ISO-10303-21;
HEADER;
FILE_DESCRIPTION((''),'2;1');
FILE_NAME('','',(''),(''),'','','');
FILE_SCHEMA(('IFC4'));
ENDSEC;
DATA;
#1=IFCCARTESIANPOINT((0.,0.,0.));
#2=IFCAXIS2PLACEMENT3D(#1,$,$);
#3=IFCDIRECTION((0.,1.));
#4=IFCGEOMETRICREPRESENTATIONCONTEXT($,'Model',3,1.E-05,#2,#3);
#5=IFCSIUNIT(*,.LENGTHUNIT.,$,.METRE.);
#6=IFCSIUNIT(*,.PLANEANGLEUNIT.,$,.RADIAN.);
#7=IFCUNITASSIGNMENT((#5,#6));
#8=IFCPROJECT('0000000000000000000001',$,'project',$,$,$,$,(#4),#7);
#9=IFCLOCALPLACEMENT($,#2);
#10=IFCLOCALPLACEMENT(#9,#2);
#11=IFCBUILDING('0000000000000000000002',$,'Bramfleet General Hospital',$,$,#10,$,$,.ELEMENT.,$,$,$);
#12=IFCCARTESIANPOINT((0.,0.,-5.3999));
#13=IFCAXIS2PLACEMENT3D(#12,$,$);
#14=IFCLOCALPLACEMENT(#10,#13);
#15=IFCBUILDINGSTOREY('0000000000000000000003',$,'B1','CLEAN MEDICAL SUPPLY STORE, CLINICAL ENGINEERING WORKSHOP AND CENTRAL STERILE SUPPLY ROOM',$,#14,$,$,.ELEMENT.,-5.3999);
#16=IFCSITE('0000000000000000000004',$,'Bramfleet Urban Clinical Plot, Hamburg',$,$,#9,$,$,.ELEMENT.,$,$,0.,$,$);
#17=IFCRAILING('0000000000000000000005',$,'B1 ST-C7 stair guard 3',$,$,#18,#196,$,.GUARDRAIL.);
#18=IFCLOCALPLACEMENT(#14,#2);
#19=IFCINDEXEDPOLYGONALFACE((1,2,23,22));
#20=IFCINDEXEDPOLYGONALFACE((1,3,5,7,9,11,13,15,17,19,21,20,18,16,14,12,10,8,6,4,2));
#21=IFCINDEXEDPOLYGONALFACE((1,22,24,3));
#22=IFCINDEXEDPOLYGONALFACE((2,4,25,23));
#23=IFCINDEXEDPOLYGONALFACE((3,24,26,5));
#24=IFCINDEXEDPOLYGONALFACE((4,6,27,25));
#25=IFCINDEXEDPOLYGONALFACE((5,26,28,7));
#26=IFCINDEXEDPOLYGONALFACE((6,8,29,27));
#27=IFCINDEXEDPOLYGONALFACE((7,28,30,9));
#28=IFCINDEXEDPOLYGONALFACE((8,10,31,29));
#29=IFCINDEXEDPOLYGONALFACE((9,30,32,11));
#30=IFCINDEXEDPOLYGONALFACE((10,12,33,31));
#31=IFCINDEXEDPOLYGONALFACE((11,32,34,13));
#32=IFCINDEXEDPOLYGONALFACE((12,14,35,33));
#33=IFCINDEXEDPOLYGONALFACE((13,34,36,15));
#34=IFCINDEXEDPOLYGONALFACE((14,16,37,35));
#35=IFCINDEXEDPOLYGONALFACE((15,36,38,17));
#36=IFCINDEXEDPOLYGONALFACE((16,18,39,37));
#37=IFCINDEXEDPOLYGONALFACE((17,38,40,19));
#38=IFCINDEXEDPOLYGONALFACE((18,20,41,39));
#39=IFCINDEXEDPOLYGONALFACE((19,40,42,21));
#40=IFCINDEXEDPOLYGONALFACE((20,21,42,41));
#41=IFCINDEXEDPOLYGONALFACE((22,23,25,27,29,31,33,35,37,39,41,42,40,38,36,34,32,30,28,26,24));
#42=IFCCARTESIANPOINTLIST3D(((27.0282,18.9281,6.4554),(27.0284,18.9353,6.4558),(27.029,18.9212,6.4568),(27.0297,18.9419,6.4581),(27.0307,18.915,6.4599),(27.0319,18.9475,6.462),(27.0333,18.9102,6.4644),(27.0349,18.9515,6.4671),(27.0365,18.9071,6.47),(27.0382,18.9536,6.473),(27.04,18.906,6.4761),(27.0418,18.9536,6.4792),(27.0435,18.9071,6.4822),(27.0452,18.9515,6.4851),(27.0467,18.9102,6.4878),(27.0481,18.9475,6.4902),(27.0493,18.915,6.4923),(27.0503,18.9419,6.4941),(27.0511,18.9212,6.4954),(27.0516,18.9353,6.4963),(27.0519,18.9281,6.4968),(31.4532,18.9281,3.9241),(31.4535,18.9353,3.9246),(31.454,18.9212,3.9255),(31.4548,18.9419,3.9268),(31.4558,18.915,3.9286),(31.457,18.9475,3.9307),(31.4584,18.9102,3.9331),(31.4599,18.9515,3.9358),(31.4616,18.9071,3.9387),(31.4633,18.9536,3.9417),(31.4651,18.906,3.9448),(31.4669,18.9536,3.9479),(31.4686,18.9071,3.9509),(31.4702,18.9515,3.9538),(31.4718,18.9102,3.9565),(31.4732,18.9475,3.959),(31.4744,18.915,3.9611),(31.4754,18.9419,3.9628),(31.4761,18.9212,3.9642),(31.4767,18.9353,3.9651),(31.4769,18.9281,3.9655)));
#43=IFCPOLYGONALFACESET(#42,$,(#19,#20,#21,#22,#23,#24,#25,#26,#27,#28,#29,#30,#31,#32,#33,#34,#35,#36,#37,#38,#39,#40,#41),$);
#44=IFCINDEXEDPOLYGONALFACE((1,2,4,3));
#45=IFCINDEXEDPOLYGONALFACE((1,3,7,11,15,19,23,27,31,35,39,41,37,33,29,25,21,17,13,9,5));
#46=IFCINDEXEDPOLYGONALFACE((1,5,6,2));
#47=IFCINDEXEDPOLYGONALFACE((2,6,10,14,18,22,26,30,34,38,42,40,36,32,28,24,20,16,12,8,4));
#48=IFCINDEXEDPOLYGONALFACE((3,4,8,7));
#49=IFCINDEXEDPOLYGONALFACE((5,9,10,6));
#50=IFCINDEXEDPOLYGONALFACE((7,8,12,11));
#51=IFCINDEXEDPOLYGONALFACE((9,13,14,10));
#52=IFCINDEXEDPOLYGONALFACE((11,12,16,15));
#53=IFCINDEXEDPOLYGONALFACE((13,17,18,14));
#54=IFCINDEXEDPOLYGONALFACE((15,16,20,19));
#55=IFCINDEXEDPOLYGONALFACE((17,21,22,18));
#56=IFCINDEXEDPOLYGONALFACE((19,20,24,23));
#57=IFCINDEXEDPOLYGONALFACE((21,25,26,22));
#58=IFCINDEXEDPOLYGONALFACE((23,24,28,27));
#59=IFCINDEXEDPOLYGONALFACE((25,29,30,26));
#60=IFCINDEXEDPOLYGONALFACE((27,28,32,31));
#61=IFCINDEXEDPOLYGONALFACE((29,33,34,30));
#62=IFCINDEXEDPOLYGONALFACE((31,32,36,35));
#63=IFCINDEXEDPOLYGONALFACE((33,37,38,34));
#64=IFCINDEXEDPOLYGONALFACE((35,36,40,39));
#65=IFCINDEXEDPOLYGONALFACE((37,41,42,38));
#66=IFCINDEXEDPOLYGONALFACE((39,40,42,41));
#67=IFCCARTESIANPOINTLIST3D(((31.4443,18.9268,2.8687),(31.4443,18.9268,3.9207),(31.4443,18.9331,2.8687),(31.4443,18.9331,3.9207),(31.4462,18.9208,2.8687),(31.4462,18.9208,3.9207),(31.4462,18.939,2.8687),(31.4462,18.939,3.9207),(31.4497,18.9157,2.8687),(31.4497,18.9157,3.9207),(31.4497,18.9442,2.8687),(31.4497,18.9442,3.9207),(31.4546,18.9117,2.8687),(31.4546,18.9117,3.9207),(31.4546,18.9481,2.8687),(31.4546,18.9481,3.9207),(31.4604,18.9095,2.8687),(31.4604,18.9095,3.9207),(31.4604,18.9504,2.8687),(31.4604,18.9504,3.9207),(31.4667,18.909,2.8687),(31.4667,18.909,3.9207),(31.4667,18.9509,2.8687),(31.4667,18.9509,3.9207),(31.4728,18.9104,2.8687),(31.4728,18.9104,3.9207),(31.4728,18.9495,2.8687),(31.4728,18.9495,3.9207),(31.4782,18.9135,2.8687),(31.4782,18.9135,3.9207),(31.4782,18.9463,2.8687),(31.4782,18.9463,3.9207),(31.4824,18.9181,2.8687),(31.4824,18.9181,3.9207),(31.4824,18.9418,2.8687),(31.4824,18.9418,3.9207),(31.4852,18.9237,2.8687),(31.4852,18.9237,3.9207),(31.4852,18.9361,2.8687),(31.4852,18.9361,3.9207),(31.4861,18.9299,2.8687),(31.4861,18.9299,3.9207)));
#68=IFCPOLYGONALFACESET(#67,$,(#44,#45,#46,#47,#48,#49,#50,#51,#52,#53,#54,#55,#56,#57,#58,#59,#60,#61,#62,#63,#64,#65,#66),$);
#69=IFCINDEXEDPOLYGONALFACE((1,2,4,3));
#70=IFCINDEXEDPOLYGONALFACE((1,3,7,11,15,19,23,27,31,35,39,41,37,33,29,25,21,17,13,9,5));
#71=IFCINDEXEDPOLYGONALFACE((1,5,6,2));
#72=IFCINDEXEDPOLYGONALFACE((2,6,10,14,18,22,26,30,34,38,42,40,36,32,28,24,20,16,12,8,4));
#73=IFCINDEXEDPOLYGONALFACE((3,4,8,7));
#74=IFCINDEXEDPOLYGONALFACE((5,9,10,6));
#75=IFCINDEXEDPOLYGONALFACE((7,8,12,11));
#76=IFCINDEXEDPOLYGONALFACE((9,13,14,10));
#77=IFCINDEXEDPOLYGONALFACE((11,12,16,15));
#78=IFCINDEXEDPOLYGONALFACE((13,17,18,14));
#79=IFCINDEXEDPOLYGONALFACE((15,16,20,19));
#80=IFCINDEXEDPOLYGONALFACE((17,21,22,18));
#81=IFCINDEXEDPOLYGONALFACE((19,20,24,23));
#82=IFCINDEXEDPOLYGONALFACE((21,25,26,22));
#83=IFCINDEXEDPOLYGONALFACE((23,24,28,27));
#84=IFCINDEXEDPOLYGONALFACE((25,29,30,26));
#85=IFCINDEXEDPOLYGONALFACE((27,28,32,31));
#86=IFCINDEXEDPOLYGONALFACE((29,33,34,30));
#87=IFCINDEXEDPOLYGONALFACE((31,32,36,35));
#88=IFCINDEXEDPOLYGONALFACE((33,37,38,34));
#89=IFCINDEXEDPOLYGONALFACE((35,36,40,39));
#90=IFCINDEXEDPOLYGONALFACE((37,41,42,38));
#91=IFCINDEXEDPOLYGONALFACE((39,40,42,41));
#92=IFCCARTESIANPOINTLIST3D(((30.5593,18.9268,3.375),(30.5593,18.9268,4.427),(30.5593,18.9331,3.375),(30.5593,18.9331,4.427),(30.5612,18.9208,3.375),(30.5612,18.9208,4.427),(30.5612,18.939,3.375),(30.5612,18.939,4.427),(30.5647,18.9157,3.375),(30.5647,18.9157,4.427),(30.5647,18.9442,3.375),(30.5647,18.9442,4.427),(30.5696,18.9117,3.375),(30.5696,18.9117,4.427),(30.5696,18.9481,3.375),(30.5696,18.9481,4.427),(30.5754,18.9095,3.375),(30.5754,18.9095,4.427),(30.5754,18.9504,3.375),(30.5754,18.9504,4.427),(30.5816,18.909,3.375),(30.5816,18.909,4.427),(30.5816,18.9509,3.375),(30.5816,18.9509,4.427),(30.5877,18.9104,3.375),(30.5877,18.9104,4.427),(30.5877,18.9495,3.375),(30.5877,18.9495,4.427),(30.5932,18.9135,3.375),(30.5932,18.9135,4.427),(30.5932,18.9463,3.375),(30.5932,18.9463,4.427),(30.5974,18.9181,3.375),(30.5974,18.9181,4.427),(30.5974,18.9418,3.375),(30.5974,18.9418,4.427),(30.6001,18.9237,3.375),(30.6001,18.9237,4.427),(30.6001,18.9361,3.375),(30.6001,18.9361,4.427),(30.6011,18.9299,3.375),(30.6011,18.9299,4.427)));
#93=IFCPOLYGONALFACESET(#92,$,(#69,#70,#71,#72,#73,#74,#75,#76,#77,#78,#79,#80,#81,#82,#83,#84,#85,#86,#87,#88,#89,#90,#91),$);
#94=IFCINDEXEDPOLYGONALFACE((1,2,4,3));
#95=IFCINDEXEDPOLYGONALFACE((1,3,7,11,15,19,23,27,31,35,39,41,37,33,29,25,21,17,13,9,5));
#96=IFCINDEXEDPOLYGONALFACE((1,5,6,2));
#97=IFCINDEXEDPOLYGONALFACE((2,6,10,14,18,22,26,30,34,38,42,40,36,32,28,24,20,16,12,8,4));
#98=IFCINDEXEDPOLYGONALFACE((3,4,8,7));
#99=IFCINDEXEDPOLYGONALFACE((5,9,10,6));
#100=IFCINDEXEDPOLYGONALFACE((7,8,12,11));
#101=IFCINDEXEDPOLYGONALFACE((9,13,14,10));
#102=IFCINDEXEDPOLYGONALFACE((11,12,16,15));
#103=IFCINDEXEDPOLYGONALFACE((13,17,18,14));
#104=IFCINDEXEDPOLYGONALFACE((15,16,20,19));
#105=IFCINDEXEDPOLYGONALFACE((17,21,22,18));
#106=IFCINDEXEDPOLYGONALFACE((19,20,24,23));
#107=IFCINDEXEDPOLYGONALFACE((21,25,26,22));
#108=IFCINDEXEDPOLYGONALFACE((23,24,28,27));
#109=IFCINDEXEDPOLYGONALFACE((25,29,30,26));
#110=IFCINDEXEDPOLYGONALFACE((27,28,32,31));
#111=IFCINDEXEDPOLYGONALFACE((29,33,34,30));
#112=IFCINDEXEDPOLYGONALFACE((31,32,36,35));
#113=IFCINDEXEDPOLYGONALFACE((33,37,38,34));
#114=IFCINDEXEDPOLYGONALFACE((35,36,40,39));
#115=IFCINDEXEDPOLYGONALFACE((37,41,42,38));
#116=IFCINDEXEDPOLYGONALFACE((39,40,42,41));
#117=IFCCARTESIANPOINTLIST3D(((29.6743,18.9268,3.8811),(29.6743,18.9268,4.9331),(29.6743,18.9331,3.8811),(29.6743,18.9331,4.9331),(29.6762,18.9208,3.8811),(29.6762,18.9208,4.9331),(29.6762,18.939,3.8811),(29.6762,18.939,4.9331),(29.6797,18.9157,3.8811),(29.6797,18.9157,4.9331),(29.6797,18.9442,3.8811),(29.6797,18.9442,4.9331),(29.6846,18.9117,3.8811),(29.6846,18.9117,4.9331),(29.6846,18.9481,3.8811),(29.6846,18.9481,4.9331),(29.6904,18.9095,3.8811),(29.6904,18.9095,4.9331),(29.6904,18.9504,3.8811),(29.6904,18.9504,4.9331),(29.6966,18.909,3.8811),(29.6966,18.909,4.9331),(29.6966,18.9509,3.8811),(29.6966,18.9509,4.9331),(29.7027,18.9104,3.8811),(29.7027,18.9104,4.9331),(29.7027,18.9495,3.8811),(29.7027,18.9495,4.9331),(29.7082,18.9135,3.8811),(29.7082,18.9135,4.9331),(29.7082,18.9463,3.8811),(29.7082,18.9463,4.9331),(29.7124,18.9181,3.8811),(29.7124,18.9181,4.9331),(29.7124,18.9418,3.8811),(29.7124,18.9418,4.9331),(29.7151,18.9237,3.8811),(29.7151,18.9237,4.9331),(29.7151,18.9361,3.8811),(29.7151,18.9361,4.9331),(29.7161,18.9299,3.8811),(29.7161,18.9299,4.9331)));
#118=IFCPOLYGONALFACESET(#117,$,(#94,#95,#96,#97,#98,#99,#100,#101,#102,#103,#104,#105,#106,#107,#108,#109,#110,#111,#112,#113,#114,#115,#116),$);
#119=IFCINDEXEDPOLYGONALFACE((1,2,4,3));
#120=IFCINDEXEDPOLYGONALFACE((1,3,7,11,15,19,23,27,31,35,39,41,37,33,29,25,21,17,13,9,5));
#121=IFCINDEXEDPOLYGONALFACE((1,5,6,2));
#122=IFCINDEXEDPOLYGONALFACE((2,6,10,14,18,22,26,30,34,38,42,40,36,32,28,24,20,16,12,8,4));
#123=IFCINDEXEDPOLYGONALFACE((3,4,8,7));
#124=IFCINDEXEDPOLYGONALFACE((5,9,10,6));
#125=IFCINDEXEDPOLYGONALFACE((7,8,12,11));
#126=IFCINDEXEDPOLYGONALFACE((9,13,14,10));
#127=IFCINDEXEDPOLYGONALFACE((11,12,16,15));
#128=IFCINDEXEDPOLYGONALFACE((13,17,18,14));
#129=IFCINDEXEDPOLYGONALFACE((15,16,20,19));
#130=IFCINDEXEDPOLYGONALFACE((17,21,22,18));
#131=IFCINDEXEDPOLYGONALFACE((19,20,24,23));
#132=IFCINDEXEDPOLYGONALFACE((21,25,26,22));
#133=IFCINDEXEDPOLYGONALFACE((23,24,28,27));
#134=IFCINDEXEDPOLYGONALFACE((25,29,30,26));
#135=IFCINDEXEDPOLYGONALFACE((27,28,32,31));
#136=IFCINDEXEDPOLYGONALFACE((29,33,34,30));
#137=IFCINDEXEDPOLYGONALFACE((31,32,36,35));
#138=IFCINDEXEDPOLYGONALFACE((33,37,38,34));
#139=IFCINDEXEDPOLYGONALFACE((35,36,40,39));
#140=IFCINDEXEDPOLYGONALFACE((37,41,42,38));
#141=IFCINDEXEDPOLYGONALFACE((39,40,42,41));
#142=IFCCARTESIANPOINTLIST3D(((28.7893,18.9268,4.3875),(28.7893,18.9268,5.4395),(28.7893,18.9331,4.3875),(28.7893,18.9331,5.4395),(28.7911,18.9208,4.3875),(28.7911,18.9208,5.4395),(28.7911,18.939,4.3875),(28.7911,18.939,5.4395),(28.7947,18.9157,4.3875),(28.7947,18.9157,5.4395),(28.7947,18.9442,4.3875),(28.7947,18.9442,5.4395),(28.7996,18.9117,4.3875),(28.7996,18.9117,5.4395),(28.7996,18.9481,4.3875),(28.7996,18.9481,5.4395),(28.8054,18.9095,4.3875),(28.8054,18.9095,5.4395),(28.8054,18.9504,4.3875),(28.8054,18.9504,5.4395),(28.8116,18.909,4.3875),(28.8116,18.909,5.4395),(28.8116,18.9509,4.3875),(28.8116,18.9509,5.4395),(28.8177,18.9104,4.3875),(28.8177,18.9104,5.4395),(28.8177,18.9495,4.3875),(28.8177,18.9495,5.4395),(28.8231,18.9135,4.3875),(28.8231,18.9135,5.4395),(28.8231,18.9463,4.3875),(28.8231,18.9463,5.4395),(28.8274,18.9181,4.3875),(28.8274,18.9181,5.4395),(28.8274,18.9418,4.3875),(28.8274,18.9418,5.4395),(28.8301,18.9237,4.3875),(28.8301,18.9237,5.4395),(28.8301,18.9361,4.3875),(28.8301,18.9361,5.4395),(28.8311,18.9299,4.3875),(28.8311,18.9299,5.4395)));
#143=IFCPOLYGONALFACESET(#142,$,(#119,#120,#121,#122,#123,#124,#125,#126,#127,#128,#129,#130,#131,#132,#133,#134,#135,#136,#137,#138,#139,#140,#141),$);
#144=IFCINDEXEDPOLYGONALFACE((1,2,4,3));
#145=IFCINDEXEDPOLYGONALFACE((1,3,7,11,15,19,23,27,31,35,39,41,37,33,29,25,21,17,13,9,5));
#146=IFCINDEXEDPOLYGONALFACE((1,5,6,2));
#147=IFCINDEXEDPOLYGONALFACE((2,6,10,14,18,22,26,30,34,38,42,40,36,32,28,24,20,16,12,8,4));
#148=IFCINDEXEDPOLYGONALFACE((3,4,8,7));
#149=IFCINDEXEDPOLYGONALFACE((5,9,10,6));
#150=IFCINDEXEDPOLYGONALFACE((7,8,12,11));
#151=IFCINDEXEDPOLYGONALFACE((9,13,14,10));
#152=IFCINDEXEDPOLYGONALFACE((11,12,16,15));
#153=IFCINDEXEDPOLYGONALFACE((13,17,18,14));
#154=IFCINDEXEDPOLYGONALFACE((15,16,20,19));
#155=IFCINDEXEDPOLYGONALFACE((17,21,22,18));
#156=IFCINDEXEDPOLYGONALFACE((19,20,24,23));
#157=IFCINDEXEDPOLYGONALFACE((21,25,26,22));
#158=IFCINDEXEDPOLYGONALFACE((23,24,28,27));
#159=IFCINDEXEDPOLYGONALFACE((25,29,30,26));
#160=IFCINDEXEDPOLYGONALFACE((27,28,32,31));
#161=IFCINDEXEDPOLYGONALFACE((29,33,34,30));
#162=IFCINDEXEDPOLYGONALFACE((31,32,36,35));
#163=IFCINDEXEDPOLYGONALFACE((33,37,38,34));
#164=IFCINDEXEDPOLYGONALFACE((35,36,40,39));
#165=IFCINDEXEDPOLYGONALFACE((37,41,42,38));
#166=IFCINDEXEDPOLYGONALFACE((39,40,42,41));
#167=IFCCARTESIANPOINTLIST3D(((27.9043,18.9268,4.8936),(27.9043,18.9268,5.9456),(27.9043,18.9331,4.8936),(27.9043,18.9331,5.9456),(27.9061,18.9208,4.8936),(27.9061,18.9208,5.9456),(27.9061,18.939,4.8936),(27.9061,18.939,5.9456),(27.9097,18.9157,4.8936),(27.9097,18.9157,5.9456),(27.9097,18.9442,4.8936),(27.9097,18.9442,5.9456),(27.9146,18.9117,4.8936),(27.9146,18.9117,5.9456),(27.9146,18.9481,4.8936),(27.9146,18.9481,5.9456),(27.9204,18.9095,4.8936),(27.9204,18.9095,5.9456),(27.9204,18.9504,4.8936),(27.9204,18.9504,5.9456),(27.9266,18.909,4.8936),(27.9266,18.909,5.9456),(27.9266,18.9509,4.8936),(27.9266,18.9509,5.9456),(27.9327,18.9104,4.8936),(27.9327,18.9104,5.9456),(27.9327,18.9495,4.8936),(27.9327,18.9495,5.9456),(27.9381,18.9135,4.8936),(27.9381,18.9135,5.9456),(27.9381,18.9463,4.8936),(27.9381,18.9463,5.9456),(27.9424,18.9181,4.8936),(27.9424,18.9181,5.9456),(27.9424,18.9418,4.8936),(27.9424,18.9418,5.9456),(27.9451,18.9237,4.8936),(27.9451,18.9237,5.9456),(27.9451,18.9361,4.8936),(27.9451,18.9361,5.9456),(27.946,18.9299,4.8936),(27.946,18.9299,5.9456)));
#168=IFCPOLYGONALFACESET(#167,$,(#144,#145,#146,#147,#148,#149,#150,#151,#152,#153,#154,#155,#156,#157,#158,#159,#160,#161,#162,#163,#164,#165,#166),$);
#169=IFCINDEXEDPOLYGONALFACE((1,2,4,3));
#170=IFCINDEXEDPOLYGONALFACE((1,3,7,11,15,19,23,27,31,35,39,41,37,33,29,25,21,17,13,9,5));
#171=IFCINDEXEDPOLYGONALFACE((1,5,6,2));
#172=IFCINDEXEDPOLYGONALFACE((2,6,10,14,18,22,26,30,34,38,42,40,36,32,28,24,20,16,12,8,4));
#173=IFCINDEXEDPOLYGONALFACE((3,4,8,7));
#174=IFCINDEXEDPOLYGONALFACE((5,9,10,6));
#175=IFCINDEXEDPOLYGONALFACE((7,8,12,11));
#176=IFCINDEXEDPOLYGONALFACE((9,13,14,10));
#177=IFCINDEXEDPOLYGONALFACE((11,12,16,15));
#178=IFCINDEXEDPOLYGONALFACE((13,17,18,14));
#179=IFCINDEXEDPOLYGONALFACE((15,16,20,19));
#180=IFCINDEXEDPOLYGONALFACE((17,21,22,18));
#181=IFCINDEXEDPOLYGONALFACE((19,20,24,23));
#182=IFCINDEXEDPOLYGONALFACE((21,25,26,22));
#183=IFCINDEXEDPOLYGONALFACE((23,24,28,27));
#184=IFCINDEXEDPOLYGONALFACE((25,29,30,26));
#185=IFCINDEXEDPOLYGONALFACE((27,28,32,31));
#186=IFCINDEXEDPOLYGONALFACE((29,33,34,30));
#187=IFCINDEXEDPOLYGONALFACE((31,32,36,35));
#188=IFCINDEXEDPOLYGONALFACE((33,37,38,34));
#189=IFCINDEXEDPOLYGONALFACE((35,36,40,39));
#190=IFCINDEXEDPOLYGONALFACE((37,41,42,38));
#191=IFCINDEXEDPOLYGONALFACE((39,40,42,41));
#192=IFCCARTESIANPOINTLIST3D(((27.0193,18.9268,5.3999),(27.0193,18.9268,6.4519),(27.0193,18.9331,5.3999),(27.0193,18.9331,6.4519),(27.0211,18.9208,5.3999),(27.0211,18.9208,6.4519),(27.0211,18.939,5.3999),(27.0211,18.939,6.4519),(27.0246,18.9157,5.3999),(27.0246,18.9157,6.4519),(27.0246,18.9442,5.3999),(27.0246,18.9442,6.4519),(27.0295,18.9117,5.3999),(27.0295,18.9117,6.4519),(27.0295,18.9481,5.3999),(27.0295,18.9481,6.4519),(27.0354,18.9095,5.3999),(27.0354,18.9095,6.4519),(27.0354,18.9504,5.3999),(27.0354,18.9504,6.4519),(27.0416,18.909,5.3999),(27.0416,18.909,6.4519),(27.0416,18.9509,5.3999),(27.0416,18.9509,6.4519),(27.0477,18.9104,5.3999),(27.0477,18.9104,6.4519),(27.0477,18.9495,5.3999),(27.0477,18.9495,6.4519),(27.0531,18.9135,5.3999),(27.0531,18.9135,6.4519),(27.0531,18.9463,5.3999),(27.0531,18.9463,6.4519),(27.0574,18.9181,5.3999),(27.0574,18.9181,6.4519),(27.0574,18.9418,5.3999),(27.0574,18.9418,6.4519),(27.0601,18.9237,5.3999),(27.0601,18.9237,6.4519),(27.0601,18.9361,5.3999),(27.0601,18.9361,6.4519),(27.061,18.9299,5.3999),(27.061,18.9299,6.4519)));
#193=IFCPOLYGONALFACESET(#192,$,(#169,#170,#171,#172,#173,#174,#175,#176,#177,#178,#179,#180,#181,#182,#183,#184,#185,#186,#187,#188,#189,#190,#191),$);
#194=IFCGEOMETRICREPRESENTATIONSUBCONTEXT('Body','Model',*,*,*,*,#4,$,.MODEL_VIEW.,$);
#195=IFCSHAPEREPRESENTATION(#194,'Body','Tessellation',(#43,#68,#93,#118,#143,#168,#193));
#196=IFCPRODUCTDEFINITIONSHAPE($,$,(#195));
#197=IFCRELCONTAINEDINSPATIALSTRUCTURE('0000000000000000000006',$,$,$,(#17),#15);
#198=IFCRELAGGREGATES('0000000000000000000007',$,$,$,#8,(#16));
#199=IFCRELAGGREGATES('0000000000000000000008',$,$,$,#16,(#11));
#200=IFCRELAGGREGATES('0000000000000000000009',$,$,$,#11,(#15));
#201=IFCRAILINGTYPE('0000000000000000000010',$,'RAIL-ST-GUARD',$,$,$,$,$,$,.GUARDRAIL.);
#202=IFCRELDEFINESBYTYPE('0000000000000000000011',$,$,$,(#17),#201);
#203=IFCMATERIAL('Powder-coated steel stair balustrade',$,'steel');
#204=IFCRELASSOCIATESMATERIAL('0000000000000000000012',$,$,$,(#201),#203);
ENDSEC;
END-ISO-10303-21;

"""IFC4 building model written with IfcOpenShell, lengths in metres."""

from ifc_helpers import new_model, si_unit, direction, frame, origin, origin_2d, place, context, subcontext, project, spatial, circle, extrude, material, type_object, element, save


model = new_model("IFC4")

# Units and contexts
model_context = context("Model", 3, precision=1e-05, world=origin(), true_north=direction((0.0, 1.0)))
body_context = subcontext(model_context, "Body", "Model", "MODEL_VIEW")
ifc_project = project(units=[si_unit("LENGTHUNIT", "METRE"), si_unit("PLANEANGLEUNIT", "RADIAN")], contexts=[model_context])

# Site, building, storey
site_placement = place(None, origin())
site = spatial("IfcSite", under=ifc_project, at=site_placement, Name="Bramfleet Urban Clinical Plot, Hamburg", CompositionType="ELEMENT", RefElevation=0.0)
building_placement = place(site_placement, origin())
building = spatial("IfcBuilding", under=site, at=building_placement, Name="Bramfleet General Hospital", CompositionType="ELEMENT")
storey_placement = place(building_placement, frame((0.0, 0.0, -5.3999)))
storey = spatial("IfcBuildingStorey", under=building, at=storey_placement, Name="B1", Description="CLEAN MEDICAL SUPPLY STORE, CLINICAL ENGINEERING WORKSHOP AND CENTRAL STERILE SUPPLY ROOM", CompositionType="ELEMENT", Elevation=-5.3999)

# Railing
ifc_material_1 = material(Name="Powder-coated steel stair balustrade", Category="steel")
railing_type_1 = type_object("IfcRailingType", Name="RAIL-ST-GUARD", PredefinedType="GUARDRAIL", material=ifc_material_1)
railing_1_placement = place(storey_placement, frame((31.4651, 18.9299, 2.8687)))
element("IfcRailing", 1, at=railing_1_placement, inside=storey, type_object=railing_type_1, Name="B1 ST-C7 stair guard 3", PredefinedType="GUARDRAIL", context=body_context, shape_type="SweptSolid", body=[
    extrude(circle(Radius=0.0239, at=origin_2d()), frame((0.0, 0.0, 1.0762), z_axis=(-0.868019, 0.0, 0.496531), x_axis=(0.0, -1.0, 0.0)), (0.0, 0.0, 1.0), 5.0979),
    extrude(circle(Radius=0.021, at=origin_2d()), origin(), (0.0, 0.0, 1.0), 1.052),
    extrude(circle(Radius=0.021, at=origin_2d()), frame((-0.885, 0.0, 0.5063)), (0.0, 0.0, 1.0), 1.052),
    extrude(circle(Radius=0.021, at=origin_2d()), frame((-1.77, 0.0, 1.0125)), (0.0, 0.0, 1.0), 1.052),
    extrude(circle(Radius=0.021, at=origin_2d()), frame((-2.655, 0.0, 1.5188)), (0.0, 0.0, 1.0), 1.052),
    extrude(circle(Radius=0.021, at=origin_2d()), frame((-3.54, 0.0, 2.0249)), (0.0, 0.0, 1.0), 1.052),
    extrude(circle(Radius=0.021, at=origin_2d()), frame((-4.425, 0.0, 2.5312)), (0.0, 0.0, 1.0), 1.052),
])

save(model, "model.ifc")
